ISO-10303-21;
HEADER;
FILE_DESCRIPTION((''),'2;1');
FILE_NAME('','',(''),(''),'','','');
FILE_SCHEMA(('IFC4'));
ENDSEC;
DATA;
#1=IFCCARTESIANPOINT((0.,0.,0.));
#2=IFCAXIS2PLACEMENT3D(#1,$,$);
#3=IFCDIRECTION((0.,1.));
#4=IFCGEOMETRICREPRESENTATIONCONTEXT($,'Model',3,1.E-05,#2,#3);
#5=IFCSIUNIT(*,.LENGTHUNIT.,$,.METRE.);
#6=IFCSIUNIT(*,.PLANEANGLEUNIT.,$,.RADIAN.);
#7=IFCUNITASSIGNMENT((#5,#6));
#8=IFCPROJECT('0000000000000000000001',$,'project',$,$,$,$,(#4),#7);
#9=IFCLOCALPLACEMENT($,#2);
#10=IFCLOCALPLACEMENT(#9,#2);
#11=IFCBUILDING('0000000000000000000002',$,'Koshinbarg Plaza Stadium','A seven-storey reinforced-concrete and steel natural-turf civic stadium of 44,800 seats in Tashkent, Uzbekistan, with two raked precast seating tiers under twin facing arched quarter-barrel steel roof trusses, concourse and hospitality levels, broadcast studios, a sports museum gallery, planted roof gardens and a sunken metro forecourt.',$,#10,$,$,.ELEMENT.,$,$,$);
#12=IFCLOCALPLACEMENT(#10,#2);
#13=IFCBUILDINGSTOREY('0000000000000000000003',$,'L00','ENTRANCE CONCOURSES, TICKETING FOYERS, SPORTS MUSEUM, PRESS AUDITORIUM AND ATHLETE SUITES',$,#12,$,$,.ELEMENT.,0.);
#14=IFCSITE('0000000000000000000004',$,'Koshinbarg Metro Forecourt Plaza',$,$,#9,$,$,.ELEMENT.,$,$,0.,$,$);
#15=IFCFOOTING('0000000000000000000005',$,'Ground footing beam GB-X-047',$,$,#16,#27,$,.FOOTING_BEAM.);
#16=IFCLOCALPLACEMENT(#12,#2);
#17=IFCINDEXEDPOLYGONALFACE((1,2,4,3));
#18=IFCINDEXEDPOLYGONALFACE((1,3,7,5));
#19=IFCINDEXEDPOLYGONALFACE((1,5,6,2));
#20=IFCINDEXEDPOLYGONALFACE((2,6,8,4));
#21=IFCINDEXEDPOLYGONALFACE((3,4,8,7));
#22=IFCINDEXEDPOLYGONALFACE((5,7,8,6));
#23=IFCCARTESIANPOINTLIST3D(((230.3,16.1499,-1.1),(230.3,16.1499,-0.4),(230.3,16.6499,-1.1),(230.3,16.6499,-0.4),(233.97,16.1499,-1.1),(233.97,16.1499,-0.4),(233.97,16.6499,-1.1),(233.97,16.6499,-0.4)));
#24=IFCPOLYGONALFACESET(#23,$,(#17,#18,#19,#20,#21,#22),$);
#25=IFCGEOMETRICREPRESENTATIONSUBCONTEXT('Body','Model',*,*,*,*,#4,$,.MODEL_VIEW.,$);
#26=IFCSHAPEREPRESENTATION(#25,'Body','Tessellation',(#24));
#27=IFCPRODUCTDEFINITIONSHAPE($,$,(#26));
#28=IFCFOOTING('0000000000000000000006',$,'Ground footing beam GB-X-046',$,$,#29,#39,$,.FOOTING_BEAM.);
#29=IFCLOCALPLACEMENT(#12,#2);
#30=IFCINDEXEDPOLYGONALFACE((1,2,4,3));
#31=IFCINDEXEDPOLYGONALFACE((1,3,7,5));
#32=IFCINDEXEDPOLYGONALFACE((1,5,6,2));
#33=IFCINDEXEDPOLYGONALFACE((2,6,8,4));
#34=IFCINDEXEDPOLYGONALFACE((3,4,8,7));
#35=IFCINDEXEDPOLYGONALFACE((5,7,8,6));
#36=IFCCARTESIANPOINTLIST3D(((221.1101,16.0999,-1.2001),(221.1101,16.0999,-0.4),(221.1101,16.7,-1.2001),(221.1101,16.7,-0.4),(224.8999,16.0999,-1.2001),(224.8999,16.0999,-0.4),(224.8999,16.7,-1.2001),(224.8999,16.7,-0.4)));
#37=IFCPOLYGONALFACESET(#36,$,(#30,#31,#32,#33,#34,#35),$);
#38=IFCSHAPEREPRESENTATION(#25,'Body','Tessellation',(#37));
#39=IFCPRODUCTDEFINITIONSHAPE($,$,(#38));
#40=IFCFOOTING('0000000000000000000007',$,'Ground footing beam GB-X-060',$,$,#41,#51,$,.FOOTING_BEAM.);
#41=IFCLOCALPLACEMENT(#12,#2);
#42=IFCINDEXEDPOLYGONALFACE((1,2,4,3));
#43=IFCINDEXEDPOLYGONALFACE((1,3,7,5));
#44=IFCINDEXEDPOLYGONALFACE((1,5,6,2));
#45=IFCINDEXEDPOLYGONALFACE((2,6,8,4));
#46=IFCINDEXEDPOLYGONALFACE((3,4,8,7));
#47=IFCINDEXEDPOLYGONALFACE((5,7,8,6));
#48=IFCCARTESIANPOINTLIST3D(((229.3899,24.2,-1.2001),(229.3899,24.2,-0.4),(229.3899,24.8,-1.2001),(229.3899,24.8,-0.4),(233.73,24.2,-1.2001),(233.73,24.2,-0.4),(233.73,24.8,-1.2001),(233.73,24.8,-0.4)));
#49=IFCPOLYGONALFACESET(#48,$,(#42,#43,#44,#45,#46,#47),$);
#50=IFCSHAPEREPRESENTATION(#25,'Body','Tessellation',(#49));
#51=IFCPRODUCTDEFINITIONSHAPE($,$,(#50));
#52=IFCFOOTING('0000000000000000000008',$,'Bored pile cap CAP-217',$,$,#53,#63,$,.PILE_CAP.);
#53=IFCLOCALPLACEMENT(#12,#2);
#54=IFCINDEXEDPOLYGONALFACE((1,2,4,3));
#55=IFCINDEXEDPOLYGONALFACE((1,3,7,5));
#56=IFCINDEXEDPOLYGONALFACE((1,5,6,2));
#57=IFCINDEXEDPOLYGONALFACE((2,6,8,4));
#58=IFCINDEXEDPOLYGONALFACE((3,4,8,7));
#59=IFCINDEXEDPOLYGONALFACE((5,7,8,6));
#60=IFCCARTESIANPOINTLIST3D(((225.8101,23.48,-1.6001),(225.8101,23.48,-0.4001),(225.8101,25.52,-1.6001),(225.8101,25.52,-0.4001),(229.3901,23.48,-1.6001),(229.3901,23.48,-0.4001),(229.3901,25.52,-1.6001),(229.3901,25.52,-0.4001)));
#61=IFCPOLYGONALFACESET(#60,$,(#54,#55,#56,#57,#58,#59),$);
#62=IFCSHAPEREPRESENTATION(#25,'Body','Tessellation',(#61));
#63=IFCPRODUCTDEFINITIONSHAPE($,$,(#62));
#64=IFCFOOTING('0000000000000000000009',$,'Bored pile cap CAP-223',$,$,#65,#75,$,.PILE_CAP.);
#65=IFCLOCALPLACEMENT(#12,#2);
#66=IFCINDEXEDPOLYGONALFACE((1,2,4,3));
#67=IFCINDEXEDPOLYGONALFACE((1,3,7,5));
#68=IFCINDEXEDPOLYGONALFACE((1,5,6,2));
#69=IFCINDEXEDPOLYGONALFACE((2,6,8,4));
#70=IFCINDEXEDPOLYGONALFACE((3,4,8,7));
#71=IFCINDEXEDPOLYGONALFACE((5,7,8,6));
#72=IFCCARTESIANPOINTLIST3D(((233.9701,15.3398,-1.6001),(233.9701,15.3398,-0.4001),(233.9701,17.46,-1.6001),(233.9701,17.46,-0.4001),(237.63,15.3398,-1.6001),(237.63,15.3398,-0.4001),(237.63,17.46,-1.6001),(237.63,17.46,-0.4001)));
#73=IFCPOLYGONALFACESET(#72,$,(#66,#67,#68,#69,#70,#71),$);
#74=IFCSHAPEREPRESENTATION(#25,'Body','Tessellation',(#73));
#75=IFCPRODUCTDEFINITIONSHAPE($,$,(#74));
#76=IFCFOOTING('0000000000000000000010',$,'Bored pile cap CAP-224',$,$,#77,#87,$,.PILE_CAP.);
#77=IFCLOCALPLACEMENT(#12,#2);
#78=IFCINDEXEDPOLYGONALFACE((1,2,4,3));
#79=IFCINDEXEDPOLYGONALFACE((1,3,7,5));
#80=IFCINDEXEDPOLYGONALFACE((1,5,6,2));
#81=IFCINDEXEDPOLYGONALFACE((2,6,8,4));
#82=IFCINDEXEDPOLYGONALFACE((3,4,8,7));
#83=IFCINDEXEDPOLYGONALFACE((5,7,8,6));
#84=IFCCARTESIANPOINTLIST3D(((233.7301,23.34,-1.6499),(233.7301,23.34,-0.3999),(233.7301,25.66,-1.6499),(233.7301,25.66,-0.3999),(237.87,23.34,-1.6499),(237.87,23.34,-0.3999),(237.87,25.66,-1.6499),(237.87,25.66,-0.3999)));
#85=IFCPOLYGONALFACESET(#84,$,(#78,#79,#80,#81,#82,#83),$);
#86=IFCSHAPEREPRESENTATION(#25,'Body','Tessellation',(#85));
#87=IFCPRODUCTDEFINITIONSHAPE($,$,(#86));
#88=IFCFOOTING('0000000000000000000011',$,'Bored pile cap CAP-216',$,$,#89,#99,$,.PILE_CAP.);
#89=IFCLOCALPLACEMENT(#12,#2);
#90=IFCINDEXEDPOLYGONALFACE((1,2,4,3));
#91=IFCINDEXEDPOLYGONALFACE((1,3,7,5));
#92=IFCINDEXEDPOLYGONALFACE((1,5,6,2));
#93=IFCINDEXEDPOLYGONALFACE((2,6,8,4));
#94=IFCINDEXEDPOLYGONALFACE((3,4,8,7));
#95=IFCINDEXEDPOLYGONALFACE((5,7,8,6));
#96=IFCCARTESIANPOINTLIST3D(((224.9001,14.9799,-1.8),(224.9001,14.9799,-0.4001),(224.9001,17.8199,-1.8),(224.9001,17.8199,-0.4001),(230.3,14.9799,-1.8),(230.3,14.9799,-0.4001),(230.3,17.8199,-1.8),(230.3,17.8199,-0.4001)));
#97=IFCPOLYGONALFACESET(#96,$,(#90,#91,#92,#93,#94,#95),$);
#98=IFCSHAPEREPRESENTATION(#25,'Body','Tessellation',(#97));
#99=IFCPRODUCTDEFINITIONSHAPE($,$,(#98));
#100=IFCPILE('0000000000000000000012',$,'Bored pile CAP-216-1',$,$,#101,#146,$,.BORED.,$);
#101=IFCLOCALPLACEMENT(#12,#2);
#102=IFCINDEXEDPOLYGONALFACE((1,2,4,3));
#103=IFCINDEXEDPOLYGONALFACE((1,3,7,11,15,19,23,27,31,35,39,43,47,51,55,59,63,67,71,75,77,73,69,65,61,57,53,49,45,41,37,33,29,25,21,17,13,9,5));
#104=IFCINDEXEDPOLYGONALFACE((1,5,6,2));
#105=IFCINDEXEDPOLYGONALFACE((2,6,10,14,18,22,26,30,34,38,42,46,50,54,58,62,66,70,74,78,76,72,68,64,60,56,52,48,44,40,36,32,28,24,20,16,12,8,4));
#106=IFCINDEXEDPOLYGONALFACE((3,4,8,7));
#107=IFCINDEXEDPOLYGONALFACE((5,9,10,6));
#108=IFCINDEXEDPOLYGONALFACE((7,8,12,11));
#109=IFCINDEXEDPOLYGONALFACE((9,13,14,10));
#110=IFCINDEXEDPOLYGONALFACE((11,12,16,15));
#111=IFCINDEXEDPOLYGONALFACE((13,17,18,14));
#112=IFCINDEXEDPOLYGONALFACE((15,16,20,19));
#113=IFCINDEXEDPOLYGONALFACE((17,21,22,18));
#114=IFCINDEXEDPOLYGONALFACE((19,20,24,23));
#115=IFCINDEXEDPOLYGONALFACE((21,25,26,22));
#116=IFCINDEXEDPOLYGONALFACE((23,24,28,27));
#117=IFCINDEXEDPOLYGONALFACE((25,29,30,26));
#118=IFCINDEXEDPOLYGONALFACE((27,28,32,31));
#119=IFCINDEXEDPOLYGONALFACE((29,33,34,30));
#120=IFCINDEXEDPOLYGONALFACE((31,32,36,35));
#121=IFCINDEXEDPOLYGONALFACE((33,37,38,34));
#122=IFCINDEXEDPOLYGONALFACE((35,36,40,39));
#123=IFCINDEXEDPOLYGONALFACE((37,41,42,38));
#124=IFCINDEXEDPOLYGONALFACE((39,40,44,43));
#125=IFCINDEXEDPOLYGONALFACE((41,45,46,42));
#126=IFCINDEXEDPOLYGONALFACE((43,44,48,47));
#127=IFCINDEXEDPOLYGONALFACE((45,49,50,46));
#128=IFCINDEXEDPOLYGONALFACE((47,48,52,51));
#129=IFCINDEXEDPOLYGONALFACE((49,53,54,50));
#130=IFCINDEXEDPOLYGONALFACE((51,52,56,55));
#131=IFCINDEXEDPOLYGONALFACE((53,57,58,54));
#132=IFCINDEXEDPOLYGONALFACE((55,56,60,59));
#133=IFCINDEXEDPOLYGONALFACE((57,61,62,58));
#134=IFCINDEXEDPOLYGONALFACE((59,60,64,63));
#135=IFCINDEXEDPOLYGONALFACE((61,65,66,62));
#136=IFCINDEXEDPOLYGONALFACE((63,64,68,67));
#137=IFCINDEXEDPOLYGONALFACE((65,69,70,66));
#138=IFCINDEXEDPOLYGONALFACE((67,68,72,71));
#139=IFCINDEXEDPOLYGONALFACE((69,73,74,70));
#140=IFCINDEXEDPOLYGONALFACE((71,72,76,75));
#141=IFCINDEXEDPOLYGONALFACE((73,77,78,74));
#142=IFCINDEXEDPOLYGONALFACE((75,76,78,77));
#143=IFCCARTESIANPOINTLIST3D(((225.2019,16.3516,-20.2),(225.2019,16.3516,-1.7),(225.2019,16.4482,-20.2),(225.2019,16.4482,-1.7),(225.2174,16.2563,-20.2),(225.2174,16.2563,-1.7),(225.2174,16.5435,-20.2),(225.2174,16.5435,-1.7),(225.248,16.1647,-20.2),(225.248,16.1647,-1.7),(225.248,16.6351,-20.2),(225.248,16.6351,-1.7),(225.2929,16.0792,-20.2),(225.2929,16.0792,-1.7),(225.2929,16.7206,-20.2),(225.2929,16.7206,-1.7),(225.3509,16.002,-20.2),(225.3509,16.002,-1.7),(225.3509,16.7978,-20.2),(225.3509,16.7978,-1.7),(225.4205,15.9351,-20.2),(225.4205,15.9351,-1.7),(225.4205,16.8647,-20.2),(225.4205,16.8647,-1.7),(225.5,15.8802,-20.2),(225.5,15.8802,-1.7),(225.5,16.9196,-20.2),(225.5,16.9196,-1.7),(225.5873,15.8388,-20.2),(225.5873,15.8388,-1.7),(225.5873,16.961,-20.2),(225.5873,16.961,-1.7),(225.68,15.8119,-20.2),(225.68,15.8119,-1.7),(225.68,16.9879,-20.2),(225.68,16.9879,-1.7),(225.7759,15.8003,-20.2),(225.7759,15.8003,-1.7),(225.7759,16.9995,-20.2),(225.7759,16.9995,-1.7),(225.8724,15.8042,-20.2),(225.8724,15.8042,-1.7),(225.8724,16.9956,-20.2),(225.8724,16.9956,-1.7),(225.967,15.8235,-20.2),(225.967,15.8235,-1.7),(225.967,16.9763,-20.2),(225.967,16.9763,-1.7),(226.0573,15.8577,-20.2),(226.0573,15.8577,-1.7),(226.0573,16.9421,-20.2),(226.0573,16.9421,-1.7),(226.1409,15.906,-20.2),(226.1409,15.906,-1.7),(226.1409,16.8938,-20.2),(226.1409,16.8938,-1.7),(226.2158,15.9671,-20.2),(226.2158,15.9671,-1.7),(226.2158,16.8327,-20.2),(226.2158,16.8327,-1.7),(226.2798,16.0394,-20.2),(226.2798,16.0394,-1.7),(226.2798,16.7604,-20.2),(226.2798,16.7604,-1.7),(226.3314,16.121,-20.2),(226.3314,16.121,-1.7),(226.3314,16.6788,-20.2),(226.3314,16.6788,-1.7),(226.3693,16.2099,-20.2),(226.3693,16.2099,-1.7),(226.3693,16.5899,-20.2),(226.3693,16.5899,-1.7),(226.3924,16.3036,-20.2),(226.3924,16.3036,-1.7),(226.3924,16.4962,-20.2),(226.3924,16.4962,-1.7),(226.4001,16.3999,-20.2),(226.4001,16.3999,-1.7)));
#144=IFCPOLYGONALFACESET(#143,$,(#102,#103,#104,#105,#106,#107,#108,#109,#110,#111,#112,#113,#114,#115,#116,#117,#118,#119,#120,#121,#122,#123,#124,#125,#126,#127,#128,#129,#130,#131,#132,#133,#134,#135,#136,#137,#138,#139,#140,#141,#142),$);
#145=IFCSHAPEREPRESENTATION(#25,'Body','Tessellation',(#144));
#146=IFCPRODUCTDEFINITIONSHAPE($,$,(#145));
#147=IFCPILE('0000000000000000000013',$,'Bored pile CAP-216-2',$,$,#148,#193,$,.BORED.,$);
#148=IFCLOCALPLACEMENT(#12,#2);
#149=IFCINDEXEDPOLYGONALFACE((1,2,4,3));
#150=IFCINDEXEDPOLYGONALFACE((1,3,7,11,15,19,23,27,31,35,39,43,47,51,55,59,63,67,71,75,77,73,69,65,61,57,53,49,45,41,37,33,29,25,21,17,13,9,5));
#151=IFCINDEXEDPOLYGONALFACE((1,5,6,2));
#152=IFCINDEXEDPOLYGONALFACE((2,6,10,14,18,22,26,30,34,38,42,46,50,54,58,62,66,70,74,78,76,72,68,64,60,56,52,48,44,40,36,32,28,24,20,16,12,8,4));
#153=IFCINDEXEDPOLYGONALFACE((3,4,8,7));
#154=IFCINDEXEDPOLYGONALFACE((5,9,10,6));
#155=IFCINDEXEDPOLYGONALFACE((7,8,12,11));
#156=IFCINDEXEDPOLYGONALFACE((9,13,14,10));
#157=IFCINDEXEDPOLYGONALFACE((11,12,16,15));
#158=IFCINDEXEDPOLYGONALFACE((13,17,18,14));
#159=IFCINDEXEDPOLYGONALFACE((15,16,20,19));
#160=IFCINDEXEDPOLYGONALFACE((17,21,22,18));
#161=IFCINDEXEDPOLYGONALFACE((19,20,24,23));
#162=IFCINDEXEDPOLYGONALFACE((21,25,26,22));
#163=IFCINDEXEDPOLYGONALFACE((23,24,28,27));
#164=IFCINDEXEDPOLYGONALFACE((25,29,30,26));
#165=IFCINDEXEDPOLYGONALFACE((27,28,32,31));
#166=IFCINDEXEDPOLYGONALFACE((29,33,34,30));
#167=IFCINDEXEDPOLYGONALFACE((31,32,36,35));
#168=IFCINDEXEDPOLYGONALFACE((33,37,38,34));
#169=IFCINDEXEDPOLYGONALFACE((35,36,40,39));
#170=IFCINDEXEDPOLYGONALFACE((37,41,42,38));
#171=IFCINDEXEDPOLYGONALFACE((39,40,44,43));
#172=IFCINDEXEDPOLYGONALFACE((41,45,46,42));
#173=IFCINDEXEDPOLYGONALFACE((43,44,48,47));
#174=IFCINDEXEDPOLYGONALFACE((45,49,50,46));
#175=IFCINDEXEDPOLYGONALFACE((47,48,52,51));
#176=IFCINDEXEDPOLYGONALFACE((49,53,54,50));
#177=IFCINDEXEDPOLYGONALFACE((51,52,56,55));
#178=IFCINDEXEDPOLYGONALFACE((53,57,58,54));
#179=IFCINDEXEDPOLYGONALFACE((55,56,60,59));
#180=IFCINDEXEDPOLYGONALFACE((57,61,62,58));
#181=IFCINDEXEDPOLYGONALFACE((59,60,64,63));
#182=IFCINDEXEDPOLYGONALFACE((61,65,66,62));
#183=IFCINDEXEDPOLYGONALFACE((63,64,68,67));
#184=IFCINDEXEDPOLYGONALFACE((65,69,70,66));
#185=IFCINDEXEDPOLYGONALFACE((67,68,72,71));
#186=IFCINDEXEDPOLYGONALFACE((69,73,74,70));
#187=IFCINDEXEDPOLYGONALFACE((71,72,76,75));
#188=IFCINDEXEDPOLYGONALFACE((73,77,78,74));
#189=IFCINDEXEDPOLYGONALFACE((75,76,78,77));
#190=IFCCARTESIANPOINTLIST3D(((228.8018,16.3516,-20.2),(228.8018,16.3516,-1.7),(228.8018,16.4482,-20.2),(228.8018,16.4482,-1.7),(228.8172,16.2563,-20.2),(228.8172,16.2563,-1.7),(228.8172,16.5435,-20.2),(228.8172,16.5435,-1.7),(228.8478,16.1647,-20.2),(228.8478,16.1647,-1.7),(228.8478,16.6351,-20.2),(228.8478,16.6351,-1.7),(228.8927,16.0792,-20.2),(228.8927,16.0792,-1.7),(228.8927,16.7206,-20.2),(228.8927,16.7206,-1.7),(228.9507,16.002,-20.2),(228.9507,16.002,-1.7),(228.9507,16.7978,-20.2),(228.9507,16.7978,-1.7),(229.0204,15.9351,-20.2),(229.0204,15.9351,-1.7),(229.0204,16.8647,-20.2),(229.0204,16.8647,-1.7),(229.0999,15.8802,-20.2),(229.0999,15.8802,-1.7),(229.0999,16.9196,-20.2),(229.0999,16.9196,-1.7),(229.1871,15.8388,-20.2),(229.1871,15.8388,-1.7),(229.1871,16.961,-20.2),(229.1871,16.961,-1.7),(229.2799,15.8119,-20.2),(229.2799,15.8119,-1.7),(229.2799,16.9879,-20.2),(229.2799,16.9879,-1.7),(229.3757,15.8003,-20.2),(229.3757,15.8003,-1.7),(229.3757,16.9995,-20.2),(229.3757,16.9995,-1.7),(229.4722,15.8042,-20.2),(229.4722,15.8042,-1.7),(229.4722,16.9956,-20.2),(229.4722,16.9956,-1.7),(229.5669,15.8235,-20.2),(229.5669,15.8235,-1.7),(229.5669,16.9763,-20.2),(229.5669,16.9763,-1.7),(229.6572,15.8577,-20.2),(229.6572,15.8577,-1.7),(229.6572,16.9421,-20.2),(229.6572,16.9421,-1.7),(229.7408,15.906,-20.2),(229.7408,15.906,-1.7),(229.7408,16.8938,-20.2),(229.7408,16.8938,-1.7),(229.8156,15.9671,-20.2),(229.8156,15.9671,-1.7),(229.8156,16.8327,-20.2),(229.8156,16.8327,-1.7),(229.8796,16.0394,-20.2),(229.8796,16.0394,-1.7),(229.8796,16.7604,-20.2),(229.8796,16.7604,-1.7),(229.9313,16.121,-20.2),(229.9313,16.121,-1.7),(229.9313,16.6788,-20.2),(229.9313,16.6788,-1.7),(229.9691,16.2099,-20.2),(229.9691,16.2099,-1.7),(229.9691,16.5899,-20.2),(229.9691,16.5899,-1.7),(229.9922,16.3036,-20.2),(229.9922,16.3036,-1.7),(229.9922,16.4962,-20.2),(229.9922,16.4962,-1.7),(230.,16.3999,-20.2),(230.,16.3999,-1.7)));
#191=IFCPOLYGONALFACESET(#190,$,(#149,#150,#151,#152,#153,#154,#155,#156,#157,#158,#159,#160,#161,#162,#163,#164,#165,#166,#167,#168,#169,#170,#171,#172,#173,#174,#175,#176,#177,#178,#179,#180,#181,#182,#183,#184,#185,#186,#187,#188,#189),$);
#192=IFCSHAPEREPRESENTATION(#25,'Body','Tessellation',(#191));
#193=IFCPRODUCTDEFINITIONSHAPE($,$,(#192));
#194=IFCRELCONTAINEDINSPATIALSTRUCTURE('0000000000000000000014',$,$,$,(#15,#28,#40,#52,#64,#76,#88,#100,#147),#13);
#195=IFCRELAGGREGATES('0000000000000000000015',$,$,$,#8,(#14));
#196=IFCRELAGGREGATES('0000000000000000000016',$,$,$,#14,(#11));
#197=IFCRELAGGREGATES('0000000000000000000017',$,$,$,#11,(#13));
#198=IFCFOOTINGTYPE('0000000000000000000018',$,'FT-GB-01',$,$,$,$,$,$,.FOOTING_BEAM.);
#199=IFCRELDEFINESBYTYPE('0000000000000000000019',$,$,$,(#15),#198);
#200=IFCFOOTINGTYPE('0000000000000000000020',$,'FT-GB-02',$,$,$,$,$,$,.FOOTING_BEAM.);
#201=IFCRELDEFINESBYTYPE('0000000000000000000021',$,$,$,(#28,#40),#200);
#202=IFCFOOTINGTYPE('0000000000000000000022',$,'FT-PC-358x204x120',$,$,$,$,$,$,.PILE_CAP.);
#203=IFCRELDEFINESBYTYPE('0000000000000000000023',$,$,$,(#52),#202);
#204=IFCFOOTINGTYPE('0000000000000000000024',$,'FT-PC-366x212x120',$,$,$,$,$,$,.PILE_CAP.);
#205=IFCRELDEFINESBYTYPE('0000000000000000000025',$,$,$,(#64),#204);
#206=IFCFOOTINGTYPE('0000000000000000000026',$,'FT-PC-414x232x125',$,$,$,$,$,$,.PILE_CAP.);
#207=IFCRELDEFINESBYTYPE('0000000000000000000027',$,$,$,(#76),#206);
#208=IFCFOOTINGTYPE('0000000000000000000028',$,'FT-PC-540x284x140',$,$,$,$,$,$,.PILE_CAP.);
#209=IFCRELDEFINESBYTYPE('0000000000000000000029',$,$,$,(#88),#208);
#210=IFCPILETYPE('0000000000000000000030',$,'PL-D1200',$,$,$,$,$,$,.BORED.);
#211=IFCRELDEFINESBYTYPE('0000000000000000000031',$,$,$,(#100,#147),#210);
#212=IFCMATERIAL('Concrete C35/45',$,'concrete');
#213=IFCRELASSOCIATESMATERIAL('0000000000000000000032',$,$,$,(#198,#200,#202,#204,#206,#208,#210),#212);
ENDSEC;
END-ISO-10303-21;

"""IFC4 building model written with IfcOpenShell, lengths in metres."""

from ifc_helpers import new_model, si_unit, direction, frame, origin, origin_2d, place, context, subcontext, project, spatial, rectangle, circle, extrude, material, material_profile, profile_set, type_object, element, save


model = new_model("IFC4")

# Units and contexts
model_context = context("Model", 3, precision=1e-05, world=origin(), true_north=direction((0.0, 1.0)))
body_context = subcontext(model_context, "Body", "Model", "MODEL_VIEW")
ifc_project = project(units=[si_unit("LENGTHUNIT", "METRE"), si_unit("PLANEANGLEUNIT", "RADIAN")], contexts=[model_context])

# Site, building, storey
site_placement = place(None, origin())
site = spatial("IfcSite", under=ifc_project, at=site_placement, Name="Koshinbarg Metro Forecourt Plaza", CompositionType="ELEMENT", RefElevation=0.0)
building_placement = place(site_placement, origin())
building = spatial("IfcBuilding", under=site, at=building_placement, Name="Koshinbarg Plaza Stadium", Description="A seven-storey reinforced-concrete and steel natural-turf civic stadium of 44,800 seats in Tashkent, Uzbekistan, with two raked precast seating tiers under twin facing arched quarter-barrel steel roof trusses, concourse and hospitality levels, broadcast studios, a sports museum gallery, planted roof gardens and a sunken metro forecourt.", CompositionType="ELEMENT")
storey_placement = place(building_placement, origin())
storey = spatial("IfcBuildingStorey", under=building, at=storey_placement, Name="L00", Description="ENTRANCE CONCOURSES, TICKETING FOYERS, SPORTS MUSEUM, PRESS AUDITORIUM AND ATHLETE SUITES", CompositionType="ELEMENT", Elevation=0.0)

# Footings
ifc_material_1 = material(Name="Concrete C35/45", Category="concrete")
ifc_material_profile_1 = material_profile(ifc_material_1, rectangle(XDim=0.5, YDim=0.7, at=origin_2d()), Name="GB 500x700")
ifc_profile_set_1 = profile_set([ifc_material_profile_1], Name="Concrete C35/45")
footing_type_1 = type_object("IfcFootingType", Name="FT-GB-01", PredefinedType="FOOTING_BEAM", material=ifc_profile_set_1)
footing_1_placement = place(storey_placement, frame((230.3, 16.3999, -0.75), z_axis=(1.0, 0.0, 0.0), x_axis=(0.0, 1.0, 0.0)))
element("IfcFooting", 1, at=footing_1_placement, inside=storey, type_object=footing_type_1, Name="Ground footing beam GB-X-047", PredefinedType="FOOTING_BEAM", context=body_context, shape_type="SweptSolid", body=[
    extrude(rectangle(XDim=0.5, YDim=0.7, at=origin_2d()), origin(), (0.0, 0.0, 1.0), 3.6699),
])
ifc_material_profile_2 = material_profile(ifc_material_1, rectangle(XDim=0.6001, YDim=0.8, at=origin_2d()), Name="GB 600x800")
ifc_profile_set_2 = profile_set([ifc_material_profile_2], Name="Concrete C35/45")
footing_type_2 = type_object("IfcFootingType", Name="FT-GB-02", PredefinedType="FOOTING_BEAM", material=ifc_profile_set_2)
footing_2_placement = place(storey_placement, frame((221.1101, 16.3999, -0.8), z_axis=(1.0, 0.0, 0.0), x_axis=(0.0, 1.0, 0.0)))
element("IfcFooting", 2, at=footing_2_placement, inside=storey, type_object=footing_type_2, Name="Ground footing beam GB-X-046", PredefinedType="FOOTING_BEAM", context=body_context, shape_type="SweptSolid", body=[
    extrude(rectangle(XDim=0.6001, YDim=0.8, at=origin_2d()), origin(), (0.0, 0.0, 1.0), 3.7898),
])
footing_3_placement = place(storey_placement, frame((229.3899, 24.5, -0.8), z_axis=(1.0, 0.0, 0.0), x_axis=(0.0, 1.0, 0.0)))
element("IfcFooting", 3, at=footing_3_placement, inside=storey, type_object=footing_type_2, Name="Ground footing beam GB-X-060", PredefinedType="FOOTING_BEAM", context=body_context, shape_type="SweptSolid", body=[
    extrude(rectangle(XDim=0.6001, YDim=0.8, at=origin_2d()), origin(), (0.0, 0.0, 1.0), 4.3401),
])
footing_type_3 = type_object("IfcFootingType", Name="FT-PC-358x204x120", PredefinedType="PILE_CAP", material=ifc_material_1)
footing_4_placement = place(storey_placement, frame((227.6001, 24.5, -1.6001), z_axis=(0.0, 0.0, 1.0), x_axis=(1.0, 0.0, 0.0)))
element("IfcFooting", 4, at=footing_4_placement, inside=storey, type_object=footing_type_3, Name="Bored pile cap CAP-217", PredefinedType="PILE_CAP", context=body_context, shape_type="SweptSolid", body=[
    extrude(rectangle(XDim=3.5801, YDim=2.04, at=origin_2d()), origin(), (0.0, 0.0, 1.0), 1.2),
])
footing_type_4 = type_object("IfcFootingType", Name="FT-PC-366x212x120", PredefinedType="PILE_CAP", material=ifc_material_1)
footing_5_placement = place(storey_placement, frame((235.8, 16.3999, -1.6001), z_axis=(0.0, 0.0, 1.0), x_axis=(1.0, 0.0, 0.0)))
element("IfcFooting", 5, at=footing_5_placement, inside=storey, type_object=footing_type_4, Name="Bored pile cap CAP-223", PredefinedType="PILE_CAP", context=body_context, shape_type="SweptSolid", body=[
    extrude(rectangle(XDim=3.6599, YDim=2.1201, at=origin_2d()), origin(), (0.0, 0.0, 1.0), 1.2),
])
footing_type_5 = type_object("IfcFootingType", Name="FT-PC-414x232x125", PredefinedType="PILE_CAP", material=ifc_material_1)
footing_6_placement = place(storey_placement, frame((235.8, 24.5, -1.6499), z_axis=(0.0, 0.0, 1.0), x_axis=(1.0, 0.0, 0.0)))
element("IfcFooting", 6, at=footing_6_placement, inside=storey, type_object=footing_type_5, Name="Bored pile cap CAP-224", PredefinedType="PILE_CAP", context=body_context, shape_type="SweptSolid", body=[
    extrude(rectangle(XDim=4.1399, YDim=2.3201, at=origin_2d()), origin(), (0.0, 0.0, 1.0), 1.25),
])
footing_type_6 = type_object("IfcFootingType", Name="FT-PC-540x284x140", PredefinedType="PILE_CAP", material=ifc_material_1)
footing_7_placement = place(storey_placement, frame((227.6001, 16.3999, -1.8), z_axis=(0.0, 0.0, 1.0), x_axis=(1.0, 0.0, 0.0)))
element("IfcFooting", 7, at=footing_7_placement, inside=storey, type_object=footing_type_6, Name="Bored pile cap CAP-216", PredefinedType="PILE_CAP", context=body_context, shape_type="SweptSolid", body=[
    extrude(rectangle(XDim=5.3999, YDim=2.8401, at=origin_2d()), origin(), (0.0, 0.0, 1.0), 1.3999),
])

# Piles
ifc_material_profile_3 = material_profile(ifc_material_1, circle(Radius=0.6001, at=origin_2d()), Name="PILE D1200")
ifc_profile_set_3 = profile_set([ifc_material_profile_3], Name="Concrete C35/45")
pile_type_1 = type_object("IfcPileType", Name="PL-D1200", PredefinedType="BORED", material=ifc_profile_set_3)
for number, where, z_axis, x_axis, name in (
    (8, (225.8, 16.3999, -1.7), (0.0, 0.0, -1.0), (1.0, 0.0, 0.0), "Bored pile CAP-216-1"),
    (9, (229.3999, 16.3999, -1.7), (0.0, 0.0, -1.0), (1.0, 0.0, 0.0), "Bored pile CAP-216-2"),
):
    element("IfcPile", number, at=place(storey_placement, frame(where, z_axis=z_axis, x_axis=x_axis)), inside=storey, type_object=pile_type_1, Name=name, PredefinedType="BORED", context=body_context, shape_type="SweptSolid", body=[
        extrude(circle(Radius=0.6001, at=origin_2d()), origin(), (0.0, 0.0, 1.0), 18.5),
    ])

save(model, "model.ifc")
